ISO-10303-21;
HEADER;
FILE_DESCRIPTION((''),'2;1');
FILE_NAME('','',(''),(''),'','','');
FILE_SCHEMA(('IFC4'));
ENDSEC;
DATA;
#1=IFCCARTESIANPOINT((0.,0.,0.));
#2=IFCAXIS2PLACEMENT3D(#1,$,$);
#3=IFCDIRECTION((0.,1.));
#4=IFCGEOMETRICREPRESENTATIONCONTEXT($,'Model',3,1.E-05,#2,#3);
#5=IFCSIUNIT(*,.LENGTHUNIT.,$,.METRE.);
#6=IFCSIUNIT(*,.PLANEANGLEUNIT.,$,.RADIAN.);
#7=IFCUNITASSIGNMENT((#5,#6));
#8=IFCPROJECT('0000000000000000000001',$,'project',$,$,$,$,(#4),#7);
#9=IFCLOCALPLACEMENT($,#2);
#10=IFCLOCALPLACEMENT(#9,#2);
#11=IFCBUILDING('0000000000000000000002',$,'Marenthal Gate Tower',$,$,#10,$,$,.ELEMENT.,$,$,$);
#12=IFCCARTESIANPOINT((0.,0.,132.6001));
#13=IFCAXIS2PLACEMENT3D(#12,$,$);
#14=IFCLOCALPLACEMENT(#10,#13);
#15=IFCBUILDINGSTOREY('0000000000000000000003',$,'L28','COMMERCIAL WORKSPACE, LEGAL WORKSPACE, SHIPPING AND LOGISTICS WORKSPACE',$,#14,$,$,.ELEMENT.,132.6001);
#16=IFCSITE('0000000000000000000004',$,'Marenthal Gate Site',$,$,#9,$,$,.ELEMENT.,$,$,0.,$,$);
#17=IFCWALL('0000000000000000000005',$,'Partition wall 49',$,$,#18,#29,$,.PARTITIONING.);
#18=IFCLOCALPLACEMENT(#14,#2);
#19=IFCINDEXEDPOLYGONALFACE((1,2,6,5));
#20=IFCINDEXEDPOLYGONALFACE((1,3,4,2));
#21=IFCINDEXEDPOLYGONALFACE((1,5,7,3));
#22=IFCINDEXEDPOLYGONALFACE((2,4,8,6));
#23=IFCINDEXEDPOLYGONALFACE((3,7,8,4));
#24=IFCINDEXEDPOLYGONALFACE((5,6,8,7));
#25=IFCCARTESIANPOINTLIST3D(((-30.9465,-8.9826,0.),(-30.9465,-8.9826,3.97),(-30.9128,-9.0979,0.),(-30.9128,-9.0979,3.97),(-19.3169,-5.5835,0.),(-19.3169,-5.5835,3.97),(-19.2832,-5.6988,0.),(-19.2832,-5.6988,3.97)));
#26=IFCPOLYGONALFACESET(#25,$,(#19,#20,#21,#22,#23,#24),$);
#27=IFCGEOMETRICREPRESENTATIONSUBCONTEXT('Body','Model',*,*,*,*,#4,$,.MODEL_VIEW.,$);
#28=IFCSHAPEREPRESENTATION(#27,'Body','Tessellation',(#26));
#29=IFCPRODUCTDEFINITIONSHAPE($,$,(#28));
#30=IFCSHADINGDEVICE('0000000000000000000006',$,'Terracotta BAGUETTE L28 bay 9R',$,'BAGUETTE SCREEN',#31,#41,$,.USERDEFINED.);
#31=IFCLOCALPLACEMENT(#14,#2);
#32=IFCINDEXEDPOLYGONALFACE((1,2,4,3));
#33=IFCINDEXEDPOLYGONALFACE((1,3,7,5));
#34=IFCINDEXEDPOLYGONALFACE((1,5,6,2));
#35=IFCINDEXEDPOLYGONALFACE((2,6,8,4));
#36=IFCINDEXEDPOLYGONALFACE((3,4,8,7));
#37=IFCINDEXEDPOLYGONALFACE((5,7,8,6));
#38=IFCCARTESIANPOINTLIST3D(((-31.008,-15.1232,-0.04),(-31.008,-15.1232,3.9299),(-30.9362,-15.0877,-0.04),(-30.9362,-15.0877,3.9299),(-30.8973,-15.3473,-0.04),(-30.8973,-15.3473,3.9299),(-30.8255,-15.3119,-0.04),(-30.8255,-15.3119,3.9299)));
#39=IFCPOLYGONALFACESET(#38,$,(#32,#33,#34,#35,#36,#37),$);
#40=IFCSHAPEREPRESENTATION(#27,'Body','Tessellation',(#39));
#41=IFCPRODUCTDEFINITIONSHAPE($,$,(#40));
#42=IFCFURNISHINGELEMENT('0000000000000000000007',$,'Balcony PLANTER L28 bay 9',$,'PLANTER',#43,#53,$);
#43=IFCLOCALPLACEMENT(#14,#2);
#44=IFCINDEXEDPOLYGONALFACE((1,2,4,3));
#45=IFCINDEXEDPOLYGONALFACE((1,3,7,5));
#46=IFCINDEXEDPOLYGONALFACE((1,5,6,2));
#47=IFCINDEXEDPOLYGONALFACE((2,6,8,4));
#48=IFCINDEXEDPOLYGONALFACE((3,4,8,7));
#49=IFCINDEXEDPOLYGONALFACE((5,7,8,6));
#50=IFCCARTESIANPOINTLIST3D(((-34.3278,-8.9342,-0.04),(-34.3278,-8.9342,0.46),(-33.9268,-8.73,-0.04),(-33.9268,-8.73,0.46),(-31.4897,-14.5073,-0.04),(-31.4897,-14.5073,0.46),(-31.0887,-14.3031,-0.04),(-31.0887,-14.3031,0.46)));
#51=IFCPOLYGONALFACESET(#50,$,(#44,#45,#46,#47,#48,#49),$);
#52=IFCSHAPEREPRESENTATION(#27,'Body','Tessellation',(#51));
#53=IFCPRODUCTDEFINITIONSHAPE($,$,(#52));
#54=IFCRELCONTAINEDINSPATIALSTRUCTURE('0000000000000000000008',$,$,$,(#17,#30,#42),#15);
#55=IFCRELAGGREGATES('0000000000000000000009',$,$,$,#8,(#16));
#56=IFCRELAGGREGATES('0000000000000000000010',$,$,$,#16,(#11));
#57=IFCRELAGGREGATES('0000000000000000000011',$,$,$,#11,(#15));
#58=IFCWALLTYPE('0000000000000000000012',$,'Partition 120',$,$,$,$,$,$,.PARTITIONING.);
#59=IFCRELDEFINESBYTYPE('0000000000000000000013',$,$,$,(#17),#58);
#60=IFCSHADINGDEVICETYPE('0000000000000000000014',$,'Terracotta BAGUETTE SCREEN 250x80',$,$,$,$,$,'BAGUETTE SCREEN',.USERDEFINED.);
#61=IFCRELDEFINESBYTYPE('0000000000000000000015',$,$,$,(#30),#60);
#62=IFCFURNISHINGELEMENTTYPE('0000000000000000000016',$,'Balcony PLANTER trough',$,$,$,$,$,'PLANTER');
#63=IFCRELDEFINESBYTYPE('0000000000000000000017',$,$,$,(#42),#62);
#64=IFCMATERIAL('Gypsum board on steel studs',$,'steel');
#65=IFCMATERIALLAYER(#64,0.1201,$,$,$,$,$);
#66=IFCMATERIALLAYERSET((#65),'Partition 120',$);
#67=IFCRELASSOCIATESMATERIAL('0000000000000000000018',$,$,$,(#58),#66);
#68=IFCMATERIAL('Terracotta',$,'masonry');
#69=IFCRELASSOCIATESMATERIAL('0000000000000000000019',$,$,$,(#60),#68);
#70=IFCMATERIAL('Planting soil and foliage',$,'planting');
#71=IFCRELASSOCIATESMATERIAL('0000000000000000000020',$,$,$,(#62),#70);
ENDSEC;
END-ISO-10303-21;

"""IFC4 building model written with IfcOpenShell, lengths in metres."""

from ifc_helpers import new_model, si_unit, direction, frame, frame_2d, origin, origin_2d, place, context, subcontext, project, spatial, rectangle, extrude, material, layer, layer_set, material_profile, profile_set, type_object, element, save


model = new_model("IFC4")

# Units and contexts
model_context = context("Model", 3, precision=1e-05, world=origin(), true_north=direction((0.0, 1.0)))
body_context = subcontext(model_context, "Body", "Model", "MODEL_VIEW")
ifc_project = project(units=[si_unit("LENGTHUNIT", "METRE"), si_unit("PLANEANGLEUNIT", "RADIAN")], contexts=[model_context])

# Site, building, storey
site_placement = place(None, origin())
site = spatial("IfcSite", under=ifc_project, at=site_placement, Name="Marenthal Gate Site", CompositionType="ELEMENT", RefElevation=0.0)
building_placement = place(site_placement, origin())
building = spatial("IfcBuilding", under=site, at=building_placement, Name="Marenthal Gate Tower", CompositionType="ELEMENT")
storey_placement = place(building_placement, frame((0.0, 0.0, 132.6001)))
storey = spatial("IfcBuildingStorey", under=building, at=storey_placement, Name="L28", Description="COMMERCIAL WORKSPACE, LEGAL WORKSPACE, SHIPPING AND LOGISTICS WORKSPACE", CompositionType="ELEMENT", Elevation=132.6001)

# Wall
ifc_material_1 = material(Name="Gypsum board on steel studs", Category="steel")
ifc_layer_1 = layer(ifc_material_1, 0.1201)
ifc_layer_set_1 = layer_set([ifc_layer_1], Name="Partition 120")
wall_type_1 = type_object("IfcWallType", Name="Partition 120", PredefinedType="PARTITIONING", material=ifc_layer_set_1)
wall_1_placement = place(storey_placement, frame((-19.3, -5.6411, 0.0), z_axis=(0.0, 0.0, 1.0), x_axis=(-0.95984, -0.280547, 0.0)))
element("IfcWall", 1, at=wall_1_placement, inside=storey, type_object=wall_type_1, Name="Partition wall 49", PredefinedType="PARTITIONING", context=body_context, shape_type="SweptSolid", body=[
    extrude(rectangle(XDim=12.1162, YDim=0.1201, at=frame_2d((6.0581, 0.0))), origin(), (0.0, 0.0, 1.0), 3.97),
])

# Shading device
ifc_material_2 = material(Name="Terracotta", Category="masonry")
ifc_material_profile_1 = material_profile(ifc_material_2, rectangle(XDim=0.25, YDim=0.0801, at=origin_2d()), Name="Terracotta baguette 250x80")
ifc_profile_set_1 = profile_set([ifc_material_profile_1], Name="Terracotta")
shading_device_type = type_object("IfcShadingDeviceType", Name="Terracotta BAGUETTE SCREEN 250x80", ElementType="BAGUETTE SCREEN", PredefinedType="USERDEFINED", material=ifc_profile_set_1)
shading_device_placement = place(storey_placement, frame((-30.9167, -15.2175, -0.04), z_axis=(0.0, 0.0, 1.0), x_axis=(0.442572, -0.896733, 0.0)))
element("IfcShadingDevice", 2, at=shading_device_placement, inside=storey, type_object=shading_device_type, Name="Terracotta BAGUETTE L28 bay 9R", ObjectType="BAGUETTE SCREEN", PredefinedType="USERDEFINED", context=body_context, shape_type="SweptSolid", body=[
    extrude(rectangle(XDim=0.25, YDim=0.0801, at=origin_2d()), origin(), (0.0, 0.0, 1.0), 3.97),
])

# Furnishing element
ifc_material_3 = material(Name="Planting soil and foliage", Category="planting")
furnishing_element_type = type_object("IfcFurnishingElementType", Name="Balcony PLANTER trough", ElementType="PLANTER", material=ifc_material_3)
furnishing_placement = place(storey_placement, frame((-32.7083, -11.6187, -0.04), z_axis=(0.0, 0.0, 1.0), x_axis=(0.453791, -0.891108, 0.0)))
element("IfcFurnishingElement", 3, at=furnishing_placement, inside=storey, type_object=furnishing_element_type, Name="Balcony PLANTER L28 bay 9", ObjectType="PLANTER", context=body_context, shape_type="SweptSolid", body=[
    extrude(rectangle(XDim=6.2542, YDim=0.45, at=origin_2d()), origin(), (0.0, 0.0, 1.0), 0.5),
])

save(model, "model.ifc")
